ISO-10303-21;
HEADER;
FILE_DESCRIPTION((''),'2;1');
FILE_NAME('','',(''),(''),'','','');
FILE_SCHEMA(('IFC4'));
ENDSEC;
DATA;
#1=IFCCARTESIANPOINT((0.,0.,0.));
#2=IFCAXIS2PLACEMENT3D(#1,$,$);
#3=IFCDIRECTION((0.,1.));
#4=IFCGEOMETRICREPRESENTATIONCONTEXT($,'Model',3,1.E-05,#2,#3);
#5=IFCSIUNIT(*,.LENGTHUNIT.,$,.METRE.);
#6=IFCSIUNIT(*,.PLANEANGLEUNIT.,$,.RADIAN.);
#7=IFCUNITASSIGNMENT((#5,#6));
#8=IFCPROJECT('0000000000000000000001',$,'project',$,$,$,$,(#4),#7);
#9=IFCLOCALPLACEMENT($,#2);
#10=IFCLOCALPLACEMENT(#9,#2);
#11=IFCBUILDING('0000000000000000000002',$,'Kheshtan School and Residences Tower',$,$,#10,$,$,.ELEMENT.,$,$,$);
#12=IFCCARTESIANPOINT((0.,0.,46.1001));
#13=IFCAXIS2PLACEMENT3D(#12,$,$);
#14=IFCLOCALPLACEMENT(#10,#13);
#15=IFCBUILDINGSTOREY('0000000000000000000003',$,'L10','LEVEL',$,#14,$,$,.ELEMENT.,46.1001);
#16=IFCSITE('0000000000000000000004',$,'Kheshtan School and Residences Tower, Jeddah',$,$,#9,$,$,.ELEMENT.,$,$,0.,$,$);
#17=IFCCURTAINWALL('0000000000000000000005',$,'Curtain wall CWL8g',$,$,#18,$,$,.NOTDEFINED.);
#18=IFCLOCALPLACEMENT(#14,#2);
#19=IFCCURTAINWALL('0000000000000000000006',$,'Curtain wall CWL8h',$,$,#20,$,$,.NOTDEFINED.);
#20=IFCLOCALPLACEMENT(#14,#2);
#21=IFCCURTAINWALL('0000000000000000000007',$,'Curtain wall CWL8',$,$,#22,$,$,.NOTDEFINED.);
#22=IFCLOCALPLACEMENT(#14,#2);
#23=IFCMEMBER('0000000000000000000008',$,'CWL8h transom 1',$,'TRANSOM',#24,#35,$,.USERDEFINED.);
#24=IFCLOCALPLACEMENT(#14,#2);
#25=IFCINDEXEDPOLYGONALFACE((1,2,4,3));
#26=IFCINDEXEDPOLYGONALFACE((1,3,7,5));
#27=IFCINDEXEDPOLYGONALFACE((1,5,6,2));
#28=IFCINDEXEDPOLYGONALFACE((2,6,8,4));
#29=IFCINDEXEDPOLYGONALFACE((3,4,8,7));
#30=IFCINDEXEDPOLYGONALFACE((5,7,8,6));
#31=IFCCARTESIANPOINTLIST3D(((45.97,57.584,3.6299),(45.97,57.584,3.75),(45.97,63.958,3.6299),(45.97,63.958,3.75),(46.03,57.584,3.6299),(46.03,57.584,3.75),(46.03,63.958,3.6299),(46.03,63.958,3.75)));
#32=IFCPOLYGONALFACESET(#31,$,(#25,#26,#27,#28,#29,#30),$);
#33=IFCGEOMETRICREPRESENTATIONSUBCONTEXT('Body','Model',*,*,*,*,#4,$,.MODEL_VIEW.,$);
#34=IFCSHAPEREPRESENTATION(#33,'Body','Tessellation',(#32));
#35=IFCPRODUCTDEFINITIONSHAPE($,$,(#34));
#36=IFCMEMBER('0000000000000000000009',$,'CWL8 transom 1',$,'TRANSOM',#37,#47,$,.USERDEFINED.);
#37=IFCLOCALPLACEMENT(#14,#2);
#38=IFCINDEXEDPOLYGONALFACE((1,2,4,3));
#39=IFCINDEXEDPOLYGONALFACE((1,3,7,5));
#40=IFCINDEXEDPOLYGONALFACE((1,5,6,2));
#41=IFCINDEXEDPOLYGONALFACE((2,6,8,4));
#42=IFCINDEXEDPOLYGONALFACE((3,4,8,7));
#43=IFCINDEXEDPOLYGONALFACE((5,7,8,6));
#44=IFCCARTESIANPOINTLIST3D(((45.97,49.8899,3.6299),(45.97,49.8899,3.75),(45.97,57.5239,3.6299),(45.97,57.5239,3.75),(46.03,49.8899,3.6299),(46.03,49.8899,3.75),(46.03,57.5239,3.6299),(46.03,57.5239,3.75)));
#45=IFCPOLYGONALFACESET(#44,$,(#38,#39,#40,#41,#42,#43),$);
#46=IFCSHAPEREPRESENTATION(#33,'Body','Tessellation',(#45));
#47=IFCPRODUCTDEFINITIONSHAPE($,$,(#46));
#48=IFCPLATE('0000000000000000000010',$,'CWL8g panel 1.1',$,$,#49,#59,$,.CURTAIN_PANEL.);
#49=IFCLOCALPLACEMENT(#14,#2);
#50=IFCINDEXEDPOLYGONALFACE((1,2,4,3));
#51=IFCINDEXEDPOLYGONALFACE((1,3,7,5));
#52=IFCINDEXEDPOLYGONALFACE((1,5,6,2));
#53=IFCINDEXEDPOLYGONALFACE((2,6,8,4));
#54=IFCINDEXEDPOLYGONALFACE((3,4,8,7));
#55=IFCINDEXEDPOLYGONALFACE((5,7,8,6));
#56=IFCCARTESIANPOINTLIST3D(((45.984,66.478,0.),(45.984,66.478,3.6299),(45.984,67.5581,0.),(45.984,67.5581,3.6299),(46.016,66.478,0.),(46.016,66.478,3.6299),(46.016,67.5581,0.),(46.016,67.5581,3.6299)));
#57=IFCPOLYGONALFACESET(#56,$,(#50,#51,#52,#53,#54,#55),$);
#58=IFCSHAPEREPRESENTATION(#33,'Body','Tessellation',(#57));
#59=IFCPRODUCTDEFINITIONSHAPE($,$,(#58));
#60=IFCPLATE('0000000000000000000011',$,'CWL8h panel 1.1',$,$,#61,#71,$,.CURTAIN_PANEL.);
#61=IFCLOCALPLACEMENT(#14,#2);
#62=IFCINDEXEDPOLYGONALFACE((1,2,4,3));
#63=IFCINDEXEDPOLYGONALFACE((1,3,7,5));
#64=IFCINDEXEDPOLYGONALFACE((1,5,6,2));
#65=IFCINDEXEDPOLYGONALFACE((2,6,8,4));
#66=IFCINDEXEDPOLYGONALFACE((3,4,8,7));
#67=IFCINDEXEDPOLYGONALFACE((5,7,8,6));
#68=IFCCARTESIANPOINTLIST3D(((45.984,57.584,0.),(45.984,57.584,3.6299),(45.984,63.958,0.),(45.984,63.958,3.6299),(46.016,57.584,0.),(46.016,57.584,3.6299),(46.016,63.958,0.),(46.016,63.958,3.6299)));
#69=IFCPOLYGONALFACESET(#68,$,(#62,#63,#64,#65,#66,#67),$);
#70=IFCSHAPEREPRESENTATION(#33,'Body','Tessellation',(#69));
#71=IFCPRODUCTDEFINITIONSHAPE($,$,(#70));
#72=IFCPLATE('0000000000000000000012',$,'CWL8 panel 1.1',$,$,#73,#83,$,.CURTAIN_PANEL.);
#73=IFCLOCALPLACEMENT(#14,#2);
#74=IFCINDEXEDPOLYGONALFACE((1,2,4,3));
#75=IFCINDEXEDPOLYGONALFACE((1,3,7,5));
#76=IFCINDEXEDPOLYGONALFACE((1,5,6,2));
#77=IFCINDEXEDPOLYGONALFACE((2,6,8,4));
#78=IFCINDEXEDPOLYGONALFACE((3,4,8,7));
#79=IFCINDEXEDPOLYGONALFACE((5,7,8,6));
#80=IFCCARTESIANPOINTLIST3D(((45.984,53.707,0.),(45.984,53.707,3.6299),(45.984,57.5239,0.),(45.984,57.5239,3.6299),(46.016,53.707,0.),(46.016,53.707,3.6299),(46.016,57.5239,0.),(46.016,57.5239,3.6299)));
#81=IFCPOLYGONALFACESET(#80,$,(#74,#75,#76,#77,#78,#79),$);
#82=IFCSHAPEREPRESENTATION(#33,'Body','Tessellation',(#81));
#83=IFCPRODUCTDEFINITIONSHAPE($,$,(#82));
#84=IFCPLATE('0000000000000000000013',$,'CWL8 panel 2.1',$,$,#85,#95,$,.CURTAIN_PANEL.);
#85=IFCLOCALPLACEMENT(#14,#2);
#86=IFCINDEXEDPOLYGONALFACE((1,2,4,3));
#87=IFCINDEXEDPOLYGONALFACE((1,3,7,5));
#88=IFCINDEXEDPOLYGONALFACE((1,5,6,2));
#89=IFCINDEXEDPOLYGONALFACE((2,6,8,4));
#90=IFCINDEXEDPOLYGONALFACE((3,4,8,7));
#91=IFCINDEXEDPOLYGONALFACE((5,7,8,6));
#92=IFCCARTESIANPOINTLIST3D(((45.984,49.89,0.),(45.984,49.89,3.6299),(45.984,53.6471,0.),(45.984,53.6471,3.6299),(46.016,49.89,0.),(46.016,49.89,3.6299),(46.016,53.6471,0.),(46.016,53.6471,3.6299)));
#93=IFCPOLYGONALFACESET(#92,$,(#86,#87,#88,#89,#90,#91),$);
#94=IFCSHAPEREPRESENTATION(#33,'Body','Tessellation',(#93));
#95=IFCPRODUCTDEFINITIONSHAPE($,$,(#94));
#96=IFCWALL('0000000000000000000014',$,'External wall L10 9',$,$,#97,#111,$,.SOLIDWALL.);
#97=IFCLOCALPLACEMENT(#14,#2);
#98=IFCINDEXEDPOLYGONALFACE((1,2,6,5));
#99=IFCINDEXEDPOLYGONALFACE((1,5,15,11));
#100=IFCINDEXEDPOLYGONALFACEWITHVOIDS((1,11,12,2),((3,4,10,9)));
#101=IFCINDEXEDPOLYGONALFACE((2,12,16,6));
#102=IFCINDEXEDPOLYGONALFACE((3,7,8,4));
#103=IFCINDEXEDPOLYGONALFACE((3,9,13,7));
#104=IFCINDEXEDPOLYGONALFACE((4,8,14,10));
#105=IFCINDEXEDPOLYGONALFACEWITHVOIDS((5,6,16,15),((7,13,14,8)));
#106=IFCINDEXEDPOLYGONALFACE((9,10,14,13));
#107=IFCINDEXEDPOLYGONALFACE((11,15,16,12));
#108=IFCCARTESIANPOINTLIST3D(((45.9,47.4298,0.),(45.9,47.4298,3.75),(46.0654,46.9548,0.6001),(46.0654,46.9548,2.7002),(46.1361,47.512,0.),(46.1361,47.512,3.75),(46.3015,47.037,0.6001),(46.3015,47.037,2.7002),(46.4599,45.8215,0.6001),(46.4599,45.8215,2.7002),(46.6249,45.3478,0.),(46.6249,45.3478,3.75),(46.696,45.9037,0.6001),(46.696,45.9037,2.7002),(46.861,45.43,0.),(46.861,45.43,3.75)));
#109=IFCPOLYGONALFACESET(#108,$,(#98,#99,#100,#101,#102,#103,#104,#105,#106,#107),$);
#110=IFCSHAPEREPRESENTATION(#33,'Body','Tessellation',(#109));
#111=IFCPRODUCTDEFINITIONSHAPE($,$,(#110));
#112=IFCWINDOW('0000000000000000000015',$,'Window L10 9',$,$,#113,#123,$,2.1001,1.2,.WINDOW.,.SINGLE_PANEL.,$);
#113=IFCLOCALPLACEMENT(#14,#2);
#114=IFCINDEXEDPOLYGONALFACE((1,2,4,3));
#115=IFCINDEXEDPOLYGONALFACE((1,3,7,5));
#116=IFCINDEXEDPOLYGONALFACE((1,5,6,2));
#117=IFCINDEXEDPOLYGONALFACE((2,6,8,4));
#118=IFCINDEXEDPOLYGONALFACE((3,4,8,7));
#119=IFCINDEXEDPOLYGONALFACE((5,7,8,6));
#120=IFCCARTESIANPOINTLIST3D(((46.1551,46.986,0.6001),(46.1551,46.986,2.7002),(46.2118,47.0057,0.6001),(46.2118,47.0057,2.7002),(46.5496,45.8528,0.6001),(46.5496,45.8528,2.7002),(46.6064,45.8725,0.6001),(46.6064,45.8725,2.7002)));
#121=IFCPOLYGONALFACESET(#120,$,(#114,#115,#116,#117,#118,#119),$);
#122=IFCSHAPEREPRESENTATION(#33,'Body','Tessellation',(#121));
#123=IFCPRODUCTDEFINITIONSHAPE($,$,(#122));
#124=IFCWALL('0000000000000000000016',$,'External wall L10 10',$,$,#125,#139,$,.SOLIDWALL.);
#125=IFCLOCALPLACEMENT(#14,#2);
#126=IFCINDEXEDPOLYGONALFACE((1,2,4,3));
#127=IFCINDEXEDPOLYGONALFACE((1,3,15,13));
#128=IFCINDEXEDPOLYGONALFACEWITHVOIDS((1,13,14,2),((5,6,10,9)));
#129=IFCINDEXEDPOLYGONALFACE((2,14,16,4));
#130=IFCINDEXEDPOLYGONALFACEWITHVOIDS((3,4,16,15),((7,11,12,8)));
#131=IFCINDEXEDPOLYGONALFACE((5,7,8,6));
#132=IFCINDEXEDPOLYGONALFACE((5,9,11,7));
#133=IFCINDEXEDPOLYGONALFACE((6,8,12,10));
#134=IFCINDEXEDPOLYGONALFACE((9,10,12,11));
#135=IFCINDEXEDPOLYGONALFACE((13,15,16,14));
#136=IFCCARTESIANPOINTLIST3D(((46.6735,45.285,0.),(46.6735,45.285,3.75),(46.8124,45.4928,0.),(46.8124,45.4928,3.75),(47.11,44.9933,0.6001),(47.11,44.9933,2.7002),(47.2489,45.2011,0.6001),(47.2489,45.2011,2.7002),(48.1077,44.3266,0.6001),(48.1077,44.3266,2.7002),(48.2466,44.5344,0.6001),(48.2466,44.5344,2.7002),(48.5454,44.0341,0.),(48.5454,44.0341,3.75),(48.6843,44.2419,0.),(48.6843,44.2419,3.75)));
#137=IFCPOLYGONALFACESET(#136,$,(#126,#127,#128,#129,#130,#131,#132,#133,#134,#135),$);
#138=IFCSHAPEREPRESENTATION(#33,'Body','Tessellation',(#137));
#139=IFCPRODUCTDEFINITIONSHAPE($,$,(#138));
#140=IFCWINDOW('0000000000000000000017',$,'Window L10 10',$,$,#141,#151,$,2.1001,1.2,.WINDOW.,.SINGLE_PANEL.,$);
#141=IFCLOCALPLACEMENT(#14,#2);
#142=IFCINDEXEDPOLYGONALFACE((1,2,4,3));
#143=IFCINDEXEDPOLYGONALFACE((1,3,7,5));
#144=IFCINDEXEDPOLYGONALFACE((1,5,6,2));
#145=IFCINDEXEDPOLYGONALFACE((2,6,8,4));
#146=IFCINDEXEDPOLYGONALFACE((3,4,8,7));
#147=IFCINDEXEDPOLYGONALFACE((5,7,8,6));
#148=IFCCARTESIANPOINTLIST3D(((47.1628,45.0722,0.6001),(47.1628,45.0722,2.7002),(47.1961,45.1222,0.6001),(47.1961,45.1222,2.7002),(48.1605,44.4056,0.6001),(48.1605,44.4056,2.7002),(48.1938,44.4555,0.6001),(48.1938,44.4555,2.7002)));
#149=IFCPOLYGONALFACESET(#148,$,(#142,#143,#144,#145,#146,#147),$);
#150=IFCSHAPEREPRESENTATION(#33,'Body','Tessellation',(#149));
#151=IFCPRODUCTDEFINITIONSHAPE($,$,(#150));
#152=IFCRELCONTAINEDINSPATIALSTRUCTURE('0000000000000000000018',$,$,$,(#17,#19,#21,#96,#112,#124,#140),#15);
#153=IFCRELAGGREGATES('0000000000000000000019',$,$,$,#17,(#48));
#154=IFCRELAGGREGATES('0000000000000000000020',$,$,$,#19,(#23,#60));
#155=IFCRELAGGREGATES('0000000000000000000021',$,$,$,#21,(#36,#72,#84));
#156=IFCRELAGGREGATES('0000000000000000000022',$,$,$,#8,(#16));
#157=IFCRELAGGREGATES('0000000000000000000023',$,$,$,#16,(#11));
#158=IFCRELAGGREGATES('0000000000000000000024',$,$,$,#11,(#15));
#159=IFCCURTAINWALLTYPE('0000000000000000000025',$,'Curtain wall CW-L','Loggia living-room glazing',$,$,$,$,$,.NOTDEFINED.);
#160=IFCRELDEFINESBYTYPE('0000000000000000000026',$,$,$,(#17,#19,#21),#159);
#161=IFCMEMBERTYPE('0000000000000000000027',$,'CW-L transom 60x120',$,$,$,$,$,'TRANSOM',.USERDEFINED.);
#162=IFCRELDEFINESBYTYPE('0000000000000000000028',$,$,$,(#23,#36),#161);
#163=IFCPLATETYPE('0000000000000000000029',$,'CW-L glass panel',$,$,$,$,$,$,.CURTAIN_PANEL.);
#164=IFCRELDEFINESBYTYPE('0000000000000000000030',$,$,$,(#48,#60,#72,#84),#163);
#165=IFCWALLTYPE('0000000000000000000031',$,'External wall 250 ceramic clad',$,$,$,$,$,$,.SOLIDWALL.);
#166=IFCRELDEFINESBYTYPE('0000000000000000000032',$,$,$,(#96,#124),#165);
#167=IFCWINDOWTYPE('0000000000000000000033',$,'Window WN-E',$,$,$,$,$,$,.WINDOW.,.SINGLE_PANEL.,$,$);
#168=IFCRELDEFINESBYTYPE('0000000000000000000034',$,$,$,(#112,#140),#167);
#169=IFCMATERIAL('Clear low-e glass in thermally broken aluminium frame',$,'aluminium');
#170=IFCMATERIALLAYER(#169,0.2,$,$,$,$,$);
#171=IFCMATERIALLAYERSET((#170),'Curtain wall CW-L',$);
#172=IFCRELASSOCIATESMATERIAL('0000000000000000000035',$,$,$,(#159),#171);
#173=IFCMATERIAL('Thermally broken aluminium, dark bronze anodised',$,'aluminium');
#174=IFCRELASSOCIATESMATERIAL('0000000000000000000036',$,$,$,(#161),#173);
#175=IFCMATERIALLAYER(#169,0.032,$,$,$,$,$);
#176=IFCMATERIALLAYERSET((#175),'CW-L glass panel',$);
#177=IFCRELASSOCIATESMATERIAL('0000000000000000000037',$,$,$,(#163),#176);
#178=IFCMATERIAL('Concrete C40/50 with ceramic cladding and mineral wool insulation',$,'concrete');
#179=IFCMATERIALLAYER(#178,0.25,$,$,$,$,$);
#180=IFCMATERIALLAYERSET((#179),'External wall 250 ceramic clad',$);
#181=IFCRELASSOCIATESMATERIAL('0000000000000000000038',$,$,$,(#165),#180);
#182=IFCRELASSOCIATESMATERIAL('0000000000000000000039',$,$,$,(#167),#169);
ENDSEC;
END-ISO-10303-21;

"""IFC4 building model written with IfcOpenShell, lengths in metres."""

from ifc_helpers import new_model, si_unit, direction, frame, frame_2d, origin, origin_2d, place, context, subcontext, project, spatial, rectangle, extrude, source, transform, mapped, material, layer, layer_set, material_profile, profile_set, type_object, element, fill, aggregate, save


model = new_model("IFC4")

# Units and contexts
model_context = context("Model", 3, precision=1e-05, world=origin(), true_north=direction((0.0, 1.0)))
body_context = subcontext(model_context, "Body", "Model", "MODEL_VIEW")
ifc_project = project(units=[si_unit("LENGTHUNIT", "METRE"), si_unit("PLANEANGLEUNIT", "RADIAN")], contexts=[model_context])

# Site, building, storey
site_placement = place(None, origin())
site = spatial("IfcSite", under=ifc_project, at=site_placement, Name="Kheshtan School and Residences Tower, Jeddah", CompositionType="ELEMENT", RefElevation=0.0)
building_placement = place(site_placement, origin())
building = spatial("IfcBuilding", under=site, at=building_placement, Name="Kheshtan School and Residences Tower", CompositionType="ELEMENT")
storey_placement = place(building_placement, frame((0.0, 0.0, 46.1001)))
storey = spatial("IfcBuildingStorey", under=building, at=storey_placement, Name="L10", Description="LEVEL", CompositionType="ELEMENT", Elevation=46.1001)

# Curtain walls
ifc_material_1 = material(Name="Clear low-e glass in thermally broken aluminium frame", Category="aluminium")
ifc_layer_1 = layer(ifc_material_1, 0.2)
ifc_layer_set_1 = layer_set([ifc_layer_1], Name="Curtain wall CW-L")
curtain_wall_type = type_object("IfcCurtainWallType", Name="Curtain wall CW-L", Description="Loggia living-room glazing", PredefinedType="NOTDEFINED", material=ifc_layer_set_1)
curtain_wall_1_placement = place(storey_placement, origin())
curtain_wall_1 = element("IfcCurtainWall", 1, at=curtain_wall_1_placement, inside=storey, type_object=curtain_wall_type, Name="Curtain wall CWL8g", PredefinedType="NOTDEFINED")
ifc_material_2 = material(Name="Thermally broken aluminium, dark bronze anodised", Category="aluminium")
curtain_wall_2_placement = place(storey_placement, origin())
curtain_wall_2 = element("IfcCurtainWall", 2, at=curtain_wall_2_placement, inside=storey, type_object=curtain_wall_type, Name="Curtain wall CWL8h", PredefinedType="NOTDEFINED")
curtain_wall_3_placement = place(storey_placement, origin())
curtain_wall_3 = element("IfcCurtainWall", 3, at=curtain_wall_3_placement, inside=storey, type_object=curtain_wall_type, Name="Curtain wall CWL8", PredefinedType="NOTDEFINED")

# Members
ifc_material_profile_1 = material_profile(ifc_material_2, rectangle(XDim=0.0601, YDim=0.1201, at=origin_2d()), Name="CW-L transom 60x120")
ifc_profile_set_1 = profile_set([ifc_material_profile_1], Name="Thermally broken aluminium, dark bronze anodised")
member_type_1 = type_object("IfcMemberType", Name="CW-L transom 60x120", ElementType="TRANSOM", PredefinedType="USERDEFINED", material=ifc_profile_set_1)
member_1_placement = place(storey_placement, frame((46.0, 63.958, 3.6899), z_axis=(0.0, -1.0, 0.0), x_axis=(1.0, 0.0, 0.0)))
member_1 = element("IfcMember", 4, at=member_1_placement, type_object=member_type_1, Name="CWL8h transom 1", ObjectType="TRANSOM", PredefinedType="USERDEFINED", context=body_context, shape_type="SweptSolid", body=[
    extrude(rectangle(XDim=0.0601, YDim=0.1201, at=origin_2d()), origin(), (0.0, 0.0, 1.0), 6.374),
])
member_2_placement = place(storey_placement, frame((46.0, 57.5239, 3.6899), z_axis=(0.0, -1.0, 0.0), x_axis=(1.0, 0.0, 0.0)))
member_2 = element("IfcMember", 5, at=member_2_placement, type_object=member_type_1, Name="CWL8 transom 1", ObjectType="TRANSOM", PredefinedType="USERDEFINED", context=body_context, shape_type="SweptSolid", body=[
    extrude(rectangle(XDim=0.0601, YDim=0.1201, at=origin_2d()), origin(), (0.0, 0.0, 1.0), 7.634),
])

# Plates
ifc_layer_2 = layer(ifc_material_1, 0.032)
ifc_layer_set_2 = layer_set([ifc_layer_2], Name="CW-L glass panel")
plate_type = type_object("IfcPlateType", Name="CW-L glass panel", PredefinedType="CURTAIN_PANEL", material=ifc_layer_set_2)
plate_1_placement = place(storey_placement, frame((46.0, 67.0181, 0.0), z_axis=(0.0, 0.0, 1.0), x_axis=(0.0, -1.0, 0.0)))
plate_1 = element("IfcPlate", 6, at=plate_1_placement, type_object=plate_type, Name="CWL8g panel 1.1", PredefinedType="CURTAIN_PANEL", context=body_context, shape_type="SweptSolid", body=[
    extrude(rectangle(XDim=1.0801, YDim=0.032, at=origin_2d()), origin(), (0.0, 0.0, 1.0), 3.6299),
])
aggregate(curtain_wall_1, [plate_1])
plate_2_placement = place(storey_placement, frame((46.0, 60.771, 0.0), z_axis=(0.0, 0.0, 1.0), x_axis=(0.0, -1.0, 0.0)))
plate_2 = element("IfcPlate", 7, at=plate_2_placement, type_object=plate_type, Name="CWL8h panel 1.1", PredefinedType="CURTAIN_PANEL", context=body_context, shape_type="SweptSolid", body=[
    extrude(rectangle(XDim=6.374, YDim=0.032, at=origin_2d()), origin(), (0.0, 0.0, 1.0), 3.6299),
])
aggregate(curtain_wall_2, [member_1, plate_2])
plate_3_placement = place(storey_placement, frame((46.0, 55.6155, 0.0), z_axis=(0.0, 0.0, 1.0), x_axis=(0.0, -1.0, 0.0)))
plate_3 = element("IfcPlate", 8, at=plate_3_placement, type_object=plate_type, Name="CWL8 panel 1.1", PredefinedType="CURTAIN_PANEL", context=body_context, shape_type="SweptSolid", body=[
    extrude(rectangle(XDim=3.8169, YDim=0.032, at=origin_2d()), origin(), (0.0, 0.0, 1.0), 3.6299),
])
plate_4_placement = place(storey_placement, frame((46.0, 51.7686, 0.0), z_axis=(0.0, 0.0, 1.0), x_axis=(0.0, -1.0, 0.0)))
plate_4 = element("IfcPlate", 9, at=plate_4_placement, type_object=plate_type, Name="CWL8 panel 2.1", PredefinedType="CURTAIN_PANEL", context=body_context, shape_type="SweptSolid", body=[
    extrude(rectangle(XDim=3.7571, YDim=0.032, at=origin_2d()), origin(), (0.0, 0.0, 1.0), 3.6299),
])
aggregate(curtain_wall_3, [member_2, plate_3, plate_4])

# Walls, openings, windows
ifc_material_3 = material(Name="Concrete C40/50 with ceramic cladding and mineral wool insulation", Category="concrete")
ifc_layer_3 = layer(ifc_material_3, 0.25)
ifc_layer_set_3 = layer_set([ifc_layer_3], Name="External wall 250 ceramic clad")
wall_type_1 = type_object("IfcWallType", Name="External wall 250 ceramic clad", PredefinedType="SOLIDWALL", material=ifc_layer_set_3)
wall_1_placement = place(storey_placement, frame((46.0181, 47.4709, 0.0), z_axis=(0.0, 0.0, 1.0), x_axis=(0.328791, -0.944403, 0.0)))
wall_1 = element("IfcWall", 10, at=wall_1_placement, inside=storey, type_object=wall_type_1, Name="External wall L10 9", PredefinedType="SOLIDWALL", context=body_context, shape_type="SweptSolid", body=[
    extrude(rectangle(XDim=2.2046, YDim=0.25, at=frame_2d((1.1023, 0.0))), origin(), (0.0, 0.0, 1.0), 3.75),
])
opening_1_placement = place(wall_1_placement, frame((0.5029, 0.0, 0.6001)))
opening_1 = element("IfcOpeningElement", 11, at=opening_1_placement, cuts=wall_1, PredefinedType="OPENING", context=body_context, shape_type="SweptSolid", body=[
    extrude(rectangle(XDim=1.2, YDim=2.1001, at=frame_2d((0.6001, 1.05))), frame((0.0, 0.135, 0.0), z_axis=(0.0, -1.0, 0.0), x_axis=(1.0, 0.0, 0.0)), (0.0, 0.0, 1.0), 0.27),
])
window_type = type_object("IfcWindowType", Name="Window WN-E", PartitioningType="SINGLE_PANEL", PredefinedType="WINDOW", material=ifc_material_1)
shared_shape_1 = source(origin(), body_context, "Body", "SweptSolid", [
    extrude(rectangle(XDim=1.2, YDim=2.1001, at=frame_2d((0.6001, 1.05))), frame((0.0, 0.03, 0.0), z_axis=(0.0, -1.0, 0.0), x_axis=(1.0, 0.0, 0.0)), (0.0, 0.0, 1.0), 0.0601),
])
window_1_placement = place(opening_1_placement, origin())
window_1 = element("IfcWindow", 12, at=window_1_placement, inside=storey, type_object=window_type, Name="Window L10 9", OverallHeight=2.1001, OverallWidth=1.2, PartitioningType="SINGLE_PANEL", PredefinedType="WINDOW", context=body_context, shape_type="MappedRepresentation", body=[
    mapped(shared_shape_1, transform((0.0, 0.0, 0.0), x_axis=(1.0, 0.0, 0.0), y_axis=(0.0, 1.0, 0.0), z_axis=(0.0, 0.0, 1.0), scale=1.0)),
])
fill(opening_1, window_1)
wall_2_placement = place(storey_placement, frame((46.7429, 45.3889, 0.0), z_axis=(0.0, 0.0, 1.0), x_axis=(0.831449, -0.555601, 0.0)))
wall_2 = element("IfcWall", 13, at=wall_2_placement, inside=storey, type_object=wall_type_1, Name="External wall L10 10", PredefinedType="SOLIDWALL", context=body_context, shape_type="SweptSolid", body=[
    extrude(rectangle(XDim=2.2515, YDim=0.25, at=frame_2d((1.1257, 0.0))), origin(), (0.0, 0.0, 1.0), 3.75),
])
opening_2_placement = place(wall_2_placement, frame((0.5249, 0.0, 0.6001)))
opening_2 = element("IfcOpeningElement", 14, at=opening_2_placement, cuts=wall_2, PredefinedType="OPENING", context=body_context, shape_type="SweptSolid", body=[
    extrude(rectangle(XDim=1.2, YDim=2.1001, at=frame_2d((0.6001, 1.05))), frame((0.0, 0.135, 0.0), z_axis=(0.0, -1.0, 0.0), x_axis=(1.0, 0.0, 0.0)), (0.0, 0.0, 1.0), 0.27),
])
window_2_placement = place(opening_2_placement, origin())
window_2 = element("IfcWindow", 15, at=window_2_placement, inside=storey, type_object=window_type, Name="Window L10 10", OverallHeight=2.1001, OverallWidth=1.2, PartitioningType="SINGLE_PANEL", PredefinedType="WINDOW", context=body_context, shape_type="MappedRepresentation", body=[
    mapped(shared_shape_1, transform((0.0, 0.0, 0.0), x_axis=(1.0, 0.0, 0.0), y_axis=(0.0, 1.0, 0.0), z_axis=(0.0, 0.0, 1.0), scale=1.0)),
])
fill(opening_2, window_2)

save(model, "model.ifc")
